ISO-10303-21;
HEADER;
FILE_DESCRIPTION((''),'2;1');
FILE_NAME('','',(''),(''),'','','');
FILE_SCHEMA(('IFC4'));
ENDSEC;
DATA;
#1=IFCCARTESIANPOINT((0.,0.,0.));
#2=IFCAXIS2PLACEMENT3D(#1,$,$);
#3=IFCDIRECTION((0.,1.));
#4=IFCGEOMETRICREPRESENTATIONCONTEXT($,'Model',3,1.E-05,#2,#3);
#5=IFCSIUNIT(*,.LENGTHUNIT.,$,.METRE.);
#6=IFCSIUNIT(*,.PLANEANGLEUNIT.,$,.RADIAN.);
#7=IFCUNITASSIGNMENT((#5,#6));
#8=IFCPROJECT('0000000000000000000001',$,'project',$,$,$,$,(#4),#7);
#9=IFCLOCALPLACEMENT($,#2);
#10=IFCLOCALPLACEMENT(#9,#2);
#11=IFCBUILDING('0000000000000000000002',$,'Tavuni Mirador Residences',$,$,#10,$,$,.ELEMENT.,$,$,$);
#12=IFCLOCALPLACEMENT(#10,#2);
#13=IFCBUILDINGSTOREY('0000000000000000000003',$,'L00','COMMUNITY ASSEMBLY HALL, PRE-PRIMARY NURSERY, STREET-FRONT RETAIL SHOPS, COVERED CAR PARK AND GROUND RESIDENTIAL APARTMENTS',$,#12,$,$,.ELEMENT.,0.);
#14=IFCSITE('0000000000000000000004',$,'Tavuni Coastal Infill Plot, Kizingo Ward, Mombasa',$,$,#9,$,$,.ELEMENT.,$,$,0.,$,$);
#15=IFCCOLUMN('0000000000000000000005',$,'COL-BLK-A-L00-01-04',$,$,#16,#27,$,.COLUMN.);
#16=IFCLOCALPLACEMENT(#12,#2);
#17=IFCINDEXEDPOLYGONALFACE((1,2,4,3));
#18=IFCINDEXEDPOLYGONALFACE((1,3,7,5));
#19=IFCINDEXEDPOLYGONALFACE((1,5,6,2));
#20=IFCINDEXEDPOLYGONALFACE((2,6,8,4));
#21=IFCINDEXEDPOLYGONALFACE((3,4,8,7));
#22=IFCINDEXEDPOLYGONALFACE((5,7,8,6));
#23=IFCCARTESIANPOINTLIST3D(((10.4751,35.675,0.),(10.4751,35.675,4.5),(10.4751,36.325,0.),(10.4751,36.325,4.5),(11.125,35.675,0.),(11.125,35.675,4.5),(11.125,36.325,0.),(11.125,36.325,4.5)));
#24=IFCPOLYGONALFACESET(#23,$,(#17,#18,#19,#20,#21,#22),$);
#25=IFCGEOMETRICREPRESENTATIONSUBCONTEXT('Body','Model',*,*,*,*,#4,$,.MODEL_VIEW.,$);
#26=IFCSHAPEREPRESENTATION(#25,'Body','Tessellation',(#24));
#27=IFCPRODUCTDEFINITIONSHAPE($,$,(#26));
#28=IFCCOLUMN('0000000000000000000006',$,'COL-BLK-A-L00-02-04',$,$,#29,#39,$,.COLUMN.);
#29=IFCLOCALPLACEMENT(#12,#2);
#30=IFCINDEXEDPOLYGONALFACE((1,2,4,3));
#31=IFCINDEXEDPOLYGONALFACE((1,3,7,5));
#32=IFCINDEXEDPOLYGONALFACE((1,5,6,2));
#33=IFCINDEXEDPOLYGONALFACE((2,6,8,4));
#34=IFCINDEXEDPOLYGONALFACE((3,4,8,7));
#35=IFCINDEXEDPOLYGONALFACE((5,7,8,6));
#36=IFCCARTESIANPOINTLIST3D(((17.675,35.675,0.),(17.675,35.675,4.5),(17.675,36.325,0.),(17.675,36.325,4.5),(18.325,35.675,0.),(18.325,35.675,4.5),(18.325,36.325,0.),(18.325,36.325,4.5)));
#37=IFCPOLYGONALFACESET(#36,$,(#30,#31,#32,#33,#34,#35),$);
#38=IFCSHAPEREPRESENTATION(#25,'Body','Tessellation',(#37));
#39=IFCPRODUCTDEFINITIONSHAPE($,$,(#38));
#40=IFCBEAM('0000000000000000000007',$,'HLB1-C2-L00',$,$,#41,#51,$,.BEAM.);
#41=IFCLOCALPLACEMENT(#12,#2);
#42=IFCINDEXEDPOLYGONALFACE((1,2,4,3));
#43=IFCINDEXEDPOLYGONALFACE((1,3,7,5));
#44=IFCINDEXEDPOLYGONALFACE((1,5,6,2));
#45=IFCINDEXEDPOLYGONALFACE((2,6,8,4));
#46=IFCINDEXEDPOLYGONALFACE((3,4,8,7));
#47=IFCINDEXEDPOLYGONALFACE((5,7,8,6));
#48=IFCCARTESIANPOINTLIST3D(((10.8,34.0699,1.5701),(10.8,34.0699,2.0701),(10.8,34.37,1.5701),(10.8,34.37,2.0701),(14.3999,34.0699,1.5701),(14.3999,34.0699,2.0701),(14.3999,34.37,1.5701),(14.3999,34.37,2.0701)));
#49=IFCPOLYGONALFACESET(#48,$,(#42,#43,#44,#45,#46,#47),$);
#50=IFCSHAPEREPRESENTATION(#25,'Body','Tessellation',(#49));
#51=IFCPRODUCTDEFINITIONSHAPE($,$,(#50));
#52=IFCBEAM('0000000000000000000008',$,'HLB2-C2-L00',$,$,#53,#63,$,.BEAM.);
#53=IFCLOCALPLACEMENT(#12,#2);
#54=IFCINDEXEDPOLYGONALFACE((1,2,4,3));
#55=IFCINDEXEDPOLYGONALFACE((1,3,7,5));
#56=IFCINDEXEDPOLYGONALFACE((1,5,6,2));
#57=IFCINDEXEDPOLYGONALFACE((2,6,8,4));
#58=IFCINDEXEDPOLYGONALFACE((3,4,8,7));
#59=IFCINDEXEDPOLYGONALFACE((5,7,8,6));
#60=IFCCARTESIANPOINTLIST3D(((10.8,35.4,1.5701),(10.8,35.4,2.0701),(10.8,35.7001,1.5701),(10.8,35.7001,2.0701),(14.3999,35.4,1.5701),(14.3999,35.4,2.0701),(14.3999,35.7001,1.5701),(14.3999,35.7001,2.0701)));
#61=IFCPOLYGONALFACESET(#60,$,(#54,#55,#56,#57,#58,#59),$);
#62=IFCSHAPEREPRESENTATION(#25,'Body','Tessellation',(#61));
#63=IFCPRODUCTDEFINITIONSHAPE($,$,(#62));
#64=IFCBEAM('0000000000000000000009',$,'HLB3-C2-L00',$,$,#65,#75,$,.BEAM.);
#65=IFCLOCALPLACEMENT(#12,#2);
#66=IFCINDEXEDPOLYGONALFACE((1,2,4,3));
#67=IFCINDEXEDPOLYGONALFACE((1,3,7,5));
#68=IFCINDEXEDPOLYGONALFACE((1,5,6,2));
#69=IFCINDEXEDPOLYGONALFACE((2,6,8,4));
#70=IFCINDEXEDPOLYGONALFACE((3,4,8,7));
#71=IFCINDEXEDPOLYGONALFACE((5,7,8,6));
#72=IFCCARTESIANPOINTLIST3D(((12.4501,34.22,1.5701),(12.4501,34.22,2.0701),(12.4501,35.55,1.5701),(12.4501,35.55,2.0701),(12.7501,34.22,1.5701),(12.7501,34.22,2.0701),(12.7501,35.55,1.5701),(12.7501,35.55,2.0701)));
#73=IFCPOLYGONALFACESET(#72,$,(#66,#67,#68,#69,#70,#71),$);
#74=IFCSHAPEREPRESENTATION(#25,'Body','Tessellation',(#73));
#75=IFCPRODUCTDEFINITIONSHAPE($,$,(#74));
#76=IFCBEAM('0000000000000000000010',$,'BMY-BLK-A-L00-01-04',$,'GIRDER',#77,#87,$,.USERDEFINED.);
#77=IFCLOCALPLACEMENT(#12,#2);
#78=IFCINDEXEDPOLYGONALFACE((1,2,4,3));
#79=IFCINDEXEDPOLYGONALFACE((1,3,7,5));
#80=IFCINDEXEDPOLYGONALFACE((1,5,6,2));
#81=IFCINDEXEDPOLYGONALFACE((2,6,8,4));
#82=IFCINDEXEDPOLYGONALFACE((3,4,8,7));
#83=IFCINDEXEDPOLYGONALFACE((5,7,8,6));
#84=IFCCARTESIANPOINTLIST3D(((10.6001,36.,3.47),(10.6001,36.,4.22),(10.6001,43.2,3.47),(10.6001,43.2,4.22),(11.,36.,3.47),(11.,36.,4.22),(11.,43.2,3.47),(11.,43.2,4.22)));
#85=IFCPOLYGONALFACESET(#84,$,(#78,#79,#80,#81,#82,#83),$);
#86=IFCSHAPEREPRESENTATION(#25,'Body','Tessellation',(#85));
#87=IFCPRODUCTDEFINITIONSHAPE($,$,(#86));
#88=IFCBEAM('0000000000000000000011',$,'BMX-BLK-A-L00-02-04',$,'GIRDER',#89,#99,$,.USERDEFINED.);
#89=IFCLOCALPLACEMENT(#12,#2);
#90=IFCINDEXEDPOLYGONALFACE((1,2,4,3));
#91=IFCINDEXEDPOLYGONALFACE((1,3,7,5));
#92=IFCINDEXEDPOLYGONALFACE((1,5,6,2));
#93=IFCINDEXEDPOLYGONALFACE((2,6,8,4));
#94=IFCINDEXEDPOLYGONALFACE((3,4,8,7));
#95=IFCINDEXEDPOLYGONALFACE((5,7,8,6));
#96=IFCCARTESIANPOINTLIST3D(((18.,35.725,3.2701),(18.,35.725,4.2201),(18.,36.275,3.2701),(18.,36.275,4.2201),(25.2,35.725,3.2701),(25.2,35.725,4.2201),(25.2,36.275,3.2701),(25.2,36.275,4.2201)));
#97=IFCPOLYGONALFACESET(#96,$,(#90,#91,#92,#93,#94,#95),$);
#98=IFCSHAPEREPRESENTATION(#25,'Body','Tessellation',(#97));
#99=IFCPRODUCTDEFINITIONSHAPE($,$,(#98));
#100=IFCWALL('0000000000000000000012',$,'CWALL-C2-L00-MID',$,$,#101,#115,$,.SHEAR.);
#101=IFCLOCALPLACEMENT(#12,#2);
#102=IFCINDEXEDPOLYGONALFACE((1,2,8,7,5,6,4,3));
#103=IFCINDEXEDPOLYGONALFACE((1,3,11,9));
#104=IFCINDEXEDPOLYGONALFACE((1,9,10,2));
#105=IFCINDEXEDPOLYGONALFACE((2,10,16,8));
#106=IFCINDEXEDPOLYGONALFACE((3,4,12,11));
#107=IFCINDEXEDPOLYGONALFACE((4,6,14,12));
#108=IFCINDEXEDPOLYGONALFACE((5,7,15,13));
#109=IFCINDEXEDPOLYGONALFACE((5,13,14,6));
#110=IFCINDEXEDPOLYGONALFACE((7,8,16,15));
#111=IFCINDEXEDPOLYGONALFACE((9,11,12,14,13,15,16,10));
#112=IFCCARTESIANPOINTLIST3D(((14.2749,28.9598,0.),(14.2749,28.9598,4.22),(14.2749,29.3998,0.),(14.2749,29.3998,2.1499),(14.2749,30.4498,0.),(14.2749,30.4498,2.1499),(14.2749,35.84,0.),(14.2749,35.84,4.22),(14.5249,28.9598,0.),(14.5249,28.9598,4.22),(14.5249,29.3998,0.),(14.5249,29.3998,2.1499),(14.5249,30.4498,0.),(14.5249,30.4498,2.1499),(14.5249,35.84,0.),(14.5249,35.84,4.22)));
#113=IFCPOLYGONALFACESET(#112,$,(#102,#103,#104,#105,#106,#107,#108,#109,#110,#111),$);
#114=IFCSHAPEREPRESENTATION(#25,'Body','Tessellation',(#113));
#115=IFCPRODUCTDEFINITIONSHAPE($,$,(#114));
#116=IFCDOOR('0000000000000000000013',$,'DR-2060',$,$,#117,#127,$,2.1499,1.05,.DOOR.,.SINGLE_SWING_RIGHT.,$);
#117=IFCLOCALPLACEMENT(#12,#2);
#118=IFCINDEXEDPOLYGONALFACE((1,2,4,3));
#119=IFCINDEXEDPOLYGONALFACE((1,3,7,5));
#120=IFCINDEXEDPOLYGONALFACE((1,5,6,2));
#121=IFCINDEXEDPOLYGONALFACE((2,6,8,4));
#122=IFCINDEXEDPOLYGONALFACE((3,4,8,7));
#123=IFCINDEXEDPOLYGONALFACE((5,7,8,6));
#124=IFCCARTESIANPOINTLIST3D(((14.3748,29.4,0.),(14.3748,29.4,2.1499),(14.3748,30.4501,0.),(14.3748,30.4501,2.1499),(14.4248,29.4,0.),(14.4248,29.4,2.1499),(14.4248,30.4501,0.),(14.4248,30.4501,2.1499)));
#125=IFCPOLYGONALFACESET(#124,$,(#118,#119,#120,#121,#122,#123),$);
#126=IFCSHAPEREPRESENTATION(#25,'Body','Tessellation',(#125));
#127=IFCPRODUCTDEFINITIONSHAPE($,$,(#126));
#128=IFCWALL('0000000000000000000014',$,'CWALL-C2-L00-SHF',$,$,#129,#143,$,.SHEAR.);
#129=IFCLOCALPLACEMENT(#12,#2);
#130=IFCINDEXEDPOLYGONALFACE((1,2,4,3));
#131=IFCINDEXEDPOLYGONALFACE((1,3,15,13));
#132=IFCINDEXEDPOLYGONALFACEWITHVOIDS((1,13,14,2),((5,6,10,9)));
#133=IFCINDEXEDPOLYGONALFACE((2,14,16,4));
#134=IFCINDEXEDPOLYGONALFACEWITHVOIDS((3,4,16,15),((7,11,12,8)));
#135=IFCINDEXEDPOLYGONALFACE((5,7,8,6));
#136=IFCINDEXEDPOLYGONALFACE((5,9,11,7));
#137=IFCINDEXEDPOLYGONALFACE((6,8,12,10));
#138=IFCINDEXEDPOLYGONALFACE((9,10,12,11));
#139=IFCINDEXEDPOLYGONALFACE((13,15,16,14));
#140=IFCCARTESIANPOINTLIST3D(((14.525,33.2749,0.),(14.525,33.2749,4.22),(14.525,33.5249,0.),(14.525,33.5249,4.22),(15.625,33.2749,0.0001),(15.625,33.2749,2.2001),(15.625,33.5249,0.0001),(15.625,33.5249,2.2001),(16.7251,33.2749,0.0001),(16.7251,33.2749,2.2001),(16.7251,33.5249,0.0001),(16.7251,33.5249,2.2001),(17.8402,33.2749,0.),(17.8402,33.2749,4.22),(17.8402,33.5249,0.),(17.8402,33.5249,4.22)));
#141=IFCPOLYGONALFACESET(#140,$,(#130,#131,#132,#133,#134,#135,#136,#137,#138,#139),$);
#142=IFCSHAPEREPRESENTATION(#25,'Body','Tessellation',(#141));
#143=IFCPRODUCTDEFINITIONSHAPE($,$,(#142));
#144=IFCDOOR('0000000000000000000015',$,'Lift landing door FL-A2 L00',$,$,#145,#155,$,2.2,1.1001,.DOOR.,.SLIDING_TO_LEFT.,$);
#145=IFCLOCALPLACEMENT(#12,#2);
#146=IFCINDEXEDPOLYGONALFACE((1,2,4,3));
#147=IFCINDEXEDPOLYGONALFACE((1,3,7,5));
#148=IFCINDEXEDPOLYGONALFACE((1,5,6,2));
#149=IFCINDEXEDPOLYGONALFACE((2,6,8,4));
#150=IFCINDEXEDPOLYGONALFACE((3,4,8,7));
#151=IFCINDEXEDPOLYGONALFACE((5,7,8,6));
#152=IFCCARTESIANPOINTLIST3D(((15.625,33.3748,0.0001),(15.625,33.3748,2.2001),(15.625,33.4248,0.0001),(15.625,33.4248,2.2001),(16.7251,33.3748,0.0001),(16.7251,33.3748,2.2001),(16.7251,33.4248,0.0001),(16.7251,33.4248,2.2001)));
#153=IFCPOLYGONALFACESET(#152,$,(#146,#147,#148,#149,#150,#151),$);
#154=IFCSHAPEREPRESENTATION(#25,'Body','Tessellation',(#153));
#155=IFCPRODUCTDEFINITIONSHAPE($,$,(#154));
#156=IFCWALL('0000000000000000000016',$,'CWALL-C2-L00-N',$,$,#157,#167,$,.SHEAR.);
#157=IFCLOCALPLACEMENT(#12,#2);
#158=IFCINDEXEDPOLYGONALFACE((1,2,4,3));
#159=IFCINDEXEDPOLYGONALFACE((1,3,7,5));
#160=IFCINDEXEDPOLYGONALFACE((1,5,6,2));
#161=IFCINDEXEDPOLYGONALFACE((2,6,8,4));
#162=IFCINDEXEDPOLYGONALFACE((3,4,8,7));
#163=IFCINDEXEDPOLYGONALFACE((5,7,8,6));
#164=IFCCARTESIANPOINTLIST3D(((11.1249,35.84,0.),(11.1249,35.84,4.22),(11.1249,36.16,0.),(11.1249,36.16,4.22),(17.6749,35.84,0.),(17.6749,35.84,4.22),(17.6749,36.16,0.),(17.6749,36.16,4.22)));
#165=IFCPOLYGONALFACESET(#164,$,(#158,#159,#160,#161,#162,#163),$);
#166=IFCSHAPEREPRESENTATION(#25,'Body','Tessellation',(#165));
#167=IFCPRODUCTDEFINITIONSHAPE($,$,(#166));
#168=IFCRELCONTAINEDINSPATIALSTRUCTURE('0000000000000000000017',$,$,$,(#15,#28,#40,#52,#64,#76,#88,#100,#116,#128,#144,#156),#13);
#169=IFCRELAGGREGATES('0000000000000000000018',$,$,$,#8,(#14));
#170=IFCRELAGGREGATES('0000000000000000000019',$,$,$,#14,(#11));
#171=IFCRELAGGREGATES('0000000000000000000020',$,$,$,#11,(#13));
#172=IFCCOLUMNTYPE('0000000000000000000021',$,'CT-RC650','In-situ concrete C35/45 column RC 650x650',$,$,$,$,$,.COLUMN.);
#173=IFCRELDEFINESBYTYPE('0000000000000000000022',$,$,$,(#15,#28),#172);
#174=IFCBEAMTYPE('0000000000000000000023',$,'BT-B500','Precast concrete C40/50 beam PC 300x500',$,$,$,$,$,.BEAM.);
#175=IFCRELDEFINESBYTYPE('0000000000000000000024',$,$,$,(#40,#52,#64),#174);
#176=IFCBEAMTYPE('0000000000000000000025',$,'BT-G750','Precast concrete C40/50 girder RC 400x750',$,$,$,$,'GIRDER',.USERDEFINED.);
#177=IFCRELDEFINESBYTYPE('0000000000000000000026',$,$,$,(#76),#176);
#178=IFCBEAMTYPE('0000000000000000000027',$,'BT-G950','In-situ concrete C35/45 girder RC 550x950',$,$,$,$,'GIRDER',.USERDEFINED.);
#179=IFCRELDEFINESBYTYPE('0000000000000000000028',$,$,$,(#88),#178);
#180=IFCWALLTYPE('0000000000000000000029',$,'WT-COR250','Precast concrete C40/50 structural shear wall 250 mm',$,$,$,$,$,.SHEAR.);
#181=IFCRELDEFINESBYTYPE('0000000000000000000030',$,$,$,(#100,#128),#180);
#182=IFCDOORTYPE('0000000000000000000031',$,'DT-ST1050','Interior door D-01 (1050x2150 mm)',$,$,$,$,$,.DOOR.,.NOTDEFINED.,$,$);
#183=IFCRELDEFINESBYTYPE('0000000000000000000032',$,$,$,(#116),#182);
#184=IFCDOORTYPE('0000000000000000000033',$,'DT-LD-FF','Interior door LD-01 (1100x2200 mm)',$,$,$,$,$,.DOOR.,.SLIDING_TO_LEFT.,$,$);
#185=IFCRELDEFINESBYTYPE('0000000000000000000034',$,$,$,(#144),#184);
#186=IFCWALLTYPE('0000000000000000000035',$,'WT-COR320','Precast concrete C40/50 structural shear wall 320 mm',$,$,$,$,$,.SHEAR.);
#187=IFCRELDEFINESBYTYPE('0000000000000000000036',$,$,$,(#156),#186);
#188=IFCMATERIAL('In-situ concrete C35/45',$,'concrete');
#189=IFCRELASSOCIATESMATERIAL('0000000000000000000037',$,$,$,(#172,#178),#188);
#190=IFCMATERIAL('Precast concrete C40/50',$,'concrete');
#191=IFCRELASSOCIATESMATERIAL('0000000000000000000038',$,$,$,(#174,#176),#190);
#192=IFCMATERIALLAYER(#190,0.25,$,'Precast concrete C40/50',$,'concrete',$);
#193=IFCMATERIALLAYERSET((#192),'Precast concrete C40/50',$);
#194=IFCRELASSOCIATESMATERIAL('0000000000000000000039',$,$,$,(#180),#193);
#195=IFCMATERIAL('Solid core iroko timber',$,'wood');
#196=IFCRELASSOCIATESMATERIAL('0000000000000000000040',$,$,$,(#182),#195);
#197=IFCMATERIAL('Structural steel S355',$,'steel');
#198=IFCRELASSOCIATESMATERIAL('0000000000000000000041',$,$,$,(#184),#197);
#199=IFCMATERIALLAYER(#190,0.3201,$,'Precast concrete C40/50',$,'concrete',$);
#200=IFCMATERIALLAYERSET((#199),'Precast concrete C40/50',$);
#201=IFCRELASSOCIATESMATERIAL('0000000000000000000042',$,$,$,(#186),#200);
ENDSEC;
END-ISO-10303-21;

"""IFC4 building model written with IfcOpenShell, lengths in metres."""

from ifc_helpers import new_model, si_unit, direction, frame, frame_2d, origin, origin_2d, place, context, subcontext, project, spatial, rectangle, extrude, material, layer, layer_set, material_profile, profile_set, type_object, element, fill, save


model = new_model("IFC4")

# Units and contexts
model_context = context("Model", 3, precision=1e-05, world=origin(), true_north=direction((0.0, 1.0)))
body_context = subcontext(model_context, "Body", "Model", "MODEL_VIEW")
ifc_project = project(units=[si_unit("LENGTHUNIT", "METRE"), si_unit("PLANEANGLEUNIT", "RADIAN")], contexts=[model_context])

# Site, building, storey
site_placement = place(None, origin())
site = spatial("IfcSite", under=ifc_project, at=site_placement, Name="Tavuni Coastal Infill Plot, Kizingo Ward, Mombasa", CompositionType="ELEMENT", RefElevation=0.0)
building_placement = place(site_placement, origin())
building = spatial("IfcBuilding", under=site, at=building_placement, Name="Tavuni Mirador Residences", CompositionType="ELEMENT")
storey_placement = place(building_placement, origin())
storey = spatial("IfcBuildingStorey", under=building, at=storey_placement, Name="L00", Description="COMMUNITY ASSEMBLY HALL, PRE-PRIMARY NURSERY, STREET-FRONT RETAIL SHOPS, COVERED CAR PARK AND GROUND RESIDENTIAL APARTMENTS", CompositionType="ELEMENT", Elevation=0.0)

# Columns
ifc_material_1 = material(Name="In-situ concrete C35/45", Category="concrete")
ifc_material_profile_1 = material_profile(ifc_material_1, rectangle(XDim=0.6499, YDim=0.6499, at=origin_2d()), Name="RC 650x650", Category="concrete")
ifc_profile_set_1 = profile_set([ifc_material_profile_1], Name="In-situ concrete C35/45")
column_type = type_object("IfcColumnType", Name="CT-RC650", Description="In-situ concrete C35/45 column RC 650x650", PredefinedType="COLUMN", material=ifc_profile_set_1)
for number, where, z_axis, x_axis, name in (
    (1, (10.8, 36.0, 0.0), (0.0, 0.0, 1.0), (1.0, 0.0, 0.0), "COL-BLK-A-L00-01-04"),
    (2, (18.0, 36.0, 0.0), (0.0, 0.0, 1.0), (1.0, 0.0, 0.0), "COL-BLK-A-L00-02-04"),
):
    element("IfcColumn", number, at=place(storey_placement, frame(where, z_axis=z_axis, x_axis=x_axis)), inside=storey, type_object=column_type, Name=name, PredefinedType="COLUMN", context=body_context, shape_type="SweptSolid", body=[
        extrude(rectangle(XDim=0.6499, YDim=0.6499, at=origin_2d()), origin(), (0.0, 0.0, 1.0), 4.5),
    ])

# Beams
ifc_material_2 = material(Name="Precast concrete C40/50", Category="concrete")
ifc_material_profile_2 = material_profile(ifc_material_2, rectangle(XDim=0.3, YDim=0.5, at=origin_2d()), Name="PC 300x500", Category="concrete")
ifc_profile_set_2 = profile_set([ifc_material_profile_2], Name="Precast concrete C40/50")
beam_type_1 = type_object("IfcBeamType", Name="BT-B500", Description="Precast concrete C40/50 beam PC 300x500", PredefinedType="BEAM", material=ifc_profile_set_2)
for number, where, z_axis, x_axis, name in (
    (3, (10.8, 34.22, 1.8201), (1.0, 0.0, 0.0), (0.0, 1.0, 0.0), "HLB1-C2-L00"),
    (4, (10.8, 35.55, 1.8201), (1.0, 0.0, 0.0), (0.0, 1.0, 0.0), "HLB2-C2-L00"),
):
    element("IfcBeam", number, at=place(storey_placement, frame(where, z_axis=z_axis, x_axis=x_axis)), inside=storey, type_object=beam_type_1, Name=name, PredefinedType="BEAM", context=body_context, shape_type="SweptSolid", body=[
        extrude(rectangle(XDim=0.3, YDim=0.5, at=origin_2d()), origin(), (0.0, 0.0, 1.0), 3.5999),
    ])
beam_1_placement = place(storey_placement, frame((12.6001, 34.22, 1.8201), z_axis=(0.0, 1.0, 0.0), x_axis=(-1.0, 0.0, 0.0)))
element("IfcBeam", 5, at=beam_1_placement, inside=storey, type_object=beam_type_1, Name="HLB3-C2-L00", PredefinedType="BEAM", context=body_context, shape_type="SweptSolid", body=[
    extrude(rectangle(XDim=0.3, YDim=0.5, at=origin_2d()), origin(), (0.0, 0.0, 1.0), 1.3301),
])
ifc_material_profile_3 = material_profile(ifc_material_2, rectangle(XDim=0.3999, YDim=0.75, at=origin_2d()), Name="RC 400x750", Category="concrete")
ifc_profile_set_3 = profile_set([ifc_material_profile_3], Name="Precast concrete C40/50")
beam_type_2 = type_object("IfcBeamType", Name="BT-G750", Description="Precast concrete C40/50 girder RC 400x750", ElementType="GIRDER", PredefinedType="USERDEFINED", material=ifc_profile_set_3)
beam_2_placement = place(storey_placement, frame((10.8, 36.0, 3.845), z_axis=(0.0, 1.0, 0.0), x_axis=(-1.0, 0.0, 0.0)))
element("IfcBeam", 6, at=beam_2_placement, inside=storey, type_object=beam_type_2, Name="BMY-BLK-A-L00-01-04", ObjectType="GIRDER", PredefinedType="USERDEFINED", context=body_context, shape_type="SweptSolid", body=[
    extrude(rectangle(XDim=0.3999, YDim=0.75, at=origin_2d()), origin(), (0.0, 0.0, 1.0), 7.2),
])
ifc_material_profile_4 = material_profile(ifc_material_1, rectangle(XDim=0.55, YDim=0.95, at=origin_2d()), Name="RC 550x950", Category="concrete")
ifc_profile_set_4 = profile_set([ifc_material_profile_4], Name="In-situ concrete C35/45")
beam_type_3 = type_object("IfcBeamType", Name="BT-G950", Description="In-situ concrete C35/45 girder RC 550x950", ElementType="GIRDER", PredefinedType="USERDEFINED", material=ifc_profile_set_4)
beam_3_placement = place(storey_placement, frame((18.0, 36.0, 3.7451), z_axis=(1.0, 0.0, 0.0), x_axis=(0.0, 1.0, 0.0)))
element("IfcBeam", 7, at=beam_3_placement, inside=storey, type_object=beam_type_3, Name="BMX-BLK-A-L00-02-04", ObjectType="GIRDER", PredefinedType="USERDEFINED", context=body_context, shape_type="SweptSolid", body=[
    extrude(rectangle(XDim=0.55, YDim=0.95, at=origin_2d()), origin(), (0.0, 0.0, 1.0), 7.2),
])

# Walls, openings, doors
ifc_layer_1 = layer(ifc_material_2, 0.25, Name="Precast concrete C40/50", Category="concrete")
ifc_layer_set_1 = layer_set([ifc_layer_1], Name="Precast concrete C40/50")
wall_type_1 = type_object("IfcWallType", Name="WT-COR250", Description="Precast concrete C40/50 structural shear wall 250 mm", PredefinedType="SHEAR", material=ifc_layer_set_1)
wall_1_placement = place(storey_placement, frame((14.3999, 28.96, 0.0), z_axis=(0.0, 0.0, 1.0), x_axis=(0.0, 1.0, 0.0)))
wall_1 = element("IfcWall", 8, at=wall_1_placement, inside=storey, type_object=wall_type_1, Name="CWALL-C2-L00-MID", PredefinedType="SHEAR", context=body_context, shape_type="SweptSolid", body=[
    extrude(rectangle(XDim=6.8801, YDim=0.25, at=frame_2d((3.4399, 0.0))), origin(), (0.0, 0.0, 1.0), 4.22),
])
opening_1_placement = place(wall_1_placement, frame((0.4399, 0.0, 0.0)))
opening_1 = element("IfcOpeningElement", 9, at=opening_1_placement, cuts=wall_1, PredefinedType="OPENING", context=body_context, shape_type="SweptSolid", body=[
    extrude(rectangle(XDim=1.05, YDim=2.1499, at=frame_2d((0.5249, 1.075))), frame((0.0, 0.135, 0.0), z_axis=(0.0, -1.0, 0.0), x_axis=(1.0, 0.0, 0.0)), (0.0, 0.0, 1.0), 0.27),
])
ifc_material_3 = material(Name="Solid core iroko timber", Category="wood")
door_type_1 = type_object("IfcDoorType", Name="DT-ST1050", Description="Interior door D-01 (1050x2150 mm)", OperationType="NOTDEFINED", PredefinedType="DOOR", material=ifc_material_3)
door_1_placement = place(opening_1_placement, frame((1.05, 0.0, 0.0), z_axis=(0.0, 0.0, 1.0), x_axis=(-1.0, 0.0, 0.0)))
door_1 = element("IfcDoor", 10, at=door_1_placement, inside=storey, type_object=door_type_1, Name="DR-2060", OperationType="SINGLE_SWING_RIGHT", OverallHeight=2.1499, OverallWidth=1.05, PredefinedType="DOOR", context=body_context, shape_type="SweptSolid", body=[
    extrude(rectangle(XDim=1.05, YDim=2.1499, at=frame_2d((0.5249, 1.075))), frame((0.0, 0.0249, 0.0), z_axis=(0.0, -1.0, 0.0), x_axis=(1.0, 0.0, 0.0)), (0.0, 0.0, 1.0), 0.05),
])
fill(opening_1, door_1)
wall_2_placement = place(storey_placement, frame((14.5249, 33.3999, 0.0), z_axis=(0.0, 0.0, 1.0), x_axis=(1.0, 0.0, 0.0)))
wall_2 = element("IfcWall", 11, at=wall_2_placement, inside=storey, type_object=wall_type_1, Name="CWALL-C2-L00-SHF", PredefinedType="SHEAR", context=body_context, shape_type="SweptSolid", body=[
    extrude(rectangle(XDim=3.3152, YDim=0.25, at=frame_2d((1.6577, 0.0))), origin(), (0.0, 0.0, 1.0), 4.22),
])
opening_2_placement = place(wall_2_placement, frame((1.1001, 0.0, 0.0)))
opening_2 = element("IfcOpeningElement", 12, at=opening_2_placement, cuts=wall_2, PredefinedType="OPENING", context=body_context, shape_type="SweptSolid", body=[
    extrude(rectangle(XDim=1.1001, YDim=2.2, at=frame_2d((0.55, 1.1001))), frame((0.0, 0.135, 0.0), z_axis=(0.0, -1.0, 0.0), x_axis=(1.0, 0.0, 0.0)), (0.0, 0.0, 1.0), 0.27),
])
ifc_material_4 = material(Name="Structural steel S355", Category="steel")
door_type_2 = type_object("IfcDoorType", Name="DT-LD-FF", Description="Interior door LD-01 (1100x2200 mm)", OperationType="SLIDING_TO_LEFT", PredefinedType="DOOR", material=ifc_material_4)
door_2_placement = place(opening_2_placement, origin())
door_2 = element("IfcDoor", 13, at=door_2_placement, inside=storey, type_object=door_type_2, Name="Lift landing door FL-A2 L00", OperationType="SLIDING_TO_LEFT", OverallHeight=2.2, OverallWidth=1.1001, PredefinedType="DOOR", context=body_context, shape_type="SweptSolid", body=[
    extrude(rectangle(XDim=1.1001, YDim=2.2, at=frame_2d((0.55, 1.1001))), frame((0.0, 0.0249, 0.0), z_axis=(0.0, -1.0, 0.0), x_axis=(1.0, 0.0, 0.0)), (0.0, 0.0, 1.0), 0.05),
])
fill(opening_2, door_2)

# Wall
ifc_layer_2 = layer(ifc_material_2, 0.3201, Name="Precast concrete C40/50", Category="concrete")
ifc_layer_set_2 = layer_set([ifc_layer_2], Name="Precast concrete C40/50")
wall_type_2 = type_object("IfcWallType", Name="WT-COR320", Description="Precast concrete C40/50 structural shear wall 320 mm", PredefinedType="SHEAR", material=ifc_layer_set_2)
wall_3_placement = place(storey_placement, frame((11.125, 36.0, 0.0), z_axis=(0.0, 0.0, 1.0), x_axis=(1.0, 0.0, 0.0)))
element("IfcWall", 14, at=wall_3_placement, inside=storey, type_object=wall_type_2, Name="CWALL-C2-L00-N", PredefinedType="SHEAR", context=body_context, shape_type="SweptSolid", body=[
    extrude(rectangle(XDim=6.55, YDim=0.3201, at=frame_2d((3.2749, 0.0))), origin(), (0.0, 0.0, 1.0), 4.22),
])

save(model, "model.ifc")
